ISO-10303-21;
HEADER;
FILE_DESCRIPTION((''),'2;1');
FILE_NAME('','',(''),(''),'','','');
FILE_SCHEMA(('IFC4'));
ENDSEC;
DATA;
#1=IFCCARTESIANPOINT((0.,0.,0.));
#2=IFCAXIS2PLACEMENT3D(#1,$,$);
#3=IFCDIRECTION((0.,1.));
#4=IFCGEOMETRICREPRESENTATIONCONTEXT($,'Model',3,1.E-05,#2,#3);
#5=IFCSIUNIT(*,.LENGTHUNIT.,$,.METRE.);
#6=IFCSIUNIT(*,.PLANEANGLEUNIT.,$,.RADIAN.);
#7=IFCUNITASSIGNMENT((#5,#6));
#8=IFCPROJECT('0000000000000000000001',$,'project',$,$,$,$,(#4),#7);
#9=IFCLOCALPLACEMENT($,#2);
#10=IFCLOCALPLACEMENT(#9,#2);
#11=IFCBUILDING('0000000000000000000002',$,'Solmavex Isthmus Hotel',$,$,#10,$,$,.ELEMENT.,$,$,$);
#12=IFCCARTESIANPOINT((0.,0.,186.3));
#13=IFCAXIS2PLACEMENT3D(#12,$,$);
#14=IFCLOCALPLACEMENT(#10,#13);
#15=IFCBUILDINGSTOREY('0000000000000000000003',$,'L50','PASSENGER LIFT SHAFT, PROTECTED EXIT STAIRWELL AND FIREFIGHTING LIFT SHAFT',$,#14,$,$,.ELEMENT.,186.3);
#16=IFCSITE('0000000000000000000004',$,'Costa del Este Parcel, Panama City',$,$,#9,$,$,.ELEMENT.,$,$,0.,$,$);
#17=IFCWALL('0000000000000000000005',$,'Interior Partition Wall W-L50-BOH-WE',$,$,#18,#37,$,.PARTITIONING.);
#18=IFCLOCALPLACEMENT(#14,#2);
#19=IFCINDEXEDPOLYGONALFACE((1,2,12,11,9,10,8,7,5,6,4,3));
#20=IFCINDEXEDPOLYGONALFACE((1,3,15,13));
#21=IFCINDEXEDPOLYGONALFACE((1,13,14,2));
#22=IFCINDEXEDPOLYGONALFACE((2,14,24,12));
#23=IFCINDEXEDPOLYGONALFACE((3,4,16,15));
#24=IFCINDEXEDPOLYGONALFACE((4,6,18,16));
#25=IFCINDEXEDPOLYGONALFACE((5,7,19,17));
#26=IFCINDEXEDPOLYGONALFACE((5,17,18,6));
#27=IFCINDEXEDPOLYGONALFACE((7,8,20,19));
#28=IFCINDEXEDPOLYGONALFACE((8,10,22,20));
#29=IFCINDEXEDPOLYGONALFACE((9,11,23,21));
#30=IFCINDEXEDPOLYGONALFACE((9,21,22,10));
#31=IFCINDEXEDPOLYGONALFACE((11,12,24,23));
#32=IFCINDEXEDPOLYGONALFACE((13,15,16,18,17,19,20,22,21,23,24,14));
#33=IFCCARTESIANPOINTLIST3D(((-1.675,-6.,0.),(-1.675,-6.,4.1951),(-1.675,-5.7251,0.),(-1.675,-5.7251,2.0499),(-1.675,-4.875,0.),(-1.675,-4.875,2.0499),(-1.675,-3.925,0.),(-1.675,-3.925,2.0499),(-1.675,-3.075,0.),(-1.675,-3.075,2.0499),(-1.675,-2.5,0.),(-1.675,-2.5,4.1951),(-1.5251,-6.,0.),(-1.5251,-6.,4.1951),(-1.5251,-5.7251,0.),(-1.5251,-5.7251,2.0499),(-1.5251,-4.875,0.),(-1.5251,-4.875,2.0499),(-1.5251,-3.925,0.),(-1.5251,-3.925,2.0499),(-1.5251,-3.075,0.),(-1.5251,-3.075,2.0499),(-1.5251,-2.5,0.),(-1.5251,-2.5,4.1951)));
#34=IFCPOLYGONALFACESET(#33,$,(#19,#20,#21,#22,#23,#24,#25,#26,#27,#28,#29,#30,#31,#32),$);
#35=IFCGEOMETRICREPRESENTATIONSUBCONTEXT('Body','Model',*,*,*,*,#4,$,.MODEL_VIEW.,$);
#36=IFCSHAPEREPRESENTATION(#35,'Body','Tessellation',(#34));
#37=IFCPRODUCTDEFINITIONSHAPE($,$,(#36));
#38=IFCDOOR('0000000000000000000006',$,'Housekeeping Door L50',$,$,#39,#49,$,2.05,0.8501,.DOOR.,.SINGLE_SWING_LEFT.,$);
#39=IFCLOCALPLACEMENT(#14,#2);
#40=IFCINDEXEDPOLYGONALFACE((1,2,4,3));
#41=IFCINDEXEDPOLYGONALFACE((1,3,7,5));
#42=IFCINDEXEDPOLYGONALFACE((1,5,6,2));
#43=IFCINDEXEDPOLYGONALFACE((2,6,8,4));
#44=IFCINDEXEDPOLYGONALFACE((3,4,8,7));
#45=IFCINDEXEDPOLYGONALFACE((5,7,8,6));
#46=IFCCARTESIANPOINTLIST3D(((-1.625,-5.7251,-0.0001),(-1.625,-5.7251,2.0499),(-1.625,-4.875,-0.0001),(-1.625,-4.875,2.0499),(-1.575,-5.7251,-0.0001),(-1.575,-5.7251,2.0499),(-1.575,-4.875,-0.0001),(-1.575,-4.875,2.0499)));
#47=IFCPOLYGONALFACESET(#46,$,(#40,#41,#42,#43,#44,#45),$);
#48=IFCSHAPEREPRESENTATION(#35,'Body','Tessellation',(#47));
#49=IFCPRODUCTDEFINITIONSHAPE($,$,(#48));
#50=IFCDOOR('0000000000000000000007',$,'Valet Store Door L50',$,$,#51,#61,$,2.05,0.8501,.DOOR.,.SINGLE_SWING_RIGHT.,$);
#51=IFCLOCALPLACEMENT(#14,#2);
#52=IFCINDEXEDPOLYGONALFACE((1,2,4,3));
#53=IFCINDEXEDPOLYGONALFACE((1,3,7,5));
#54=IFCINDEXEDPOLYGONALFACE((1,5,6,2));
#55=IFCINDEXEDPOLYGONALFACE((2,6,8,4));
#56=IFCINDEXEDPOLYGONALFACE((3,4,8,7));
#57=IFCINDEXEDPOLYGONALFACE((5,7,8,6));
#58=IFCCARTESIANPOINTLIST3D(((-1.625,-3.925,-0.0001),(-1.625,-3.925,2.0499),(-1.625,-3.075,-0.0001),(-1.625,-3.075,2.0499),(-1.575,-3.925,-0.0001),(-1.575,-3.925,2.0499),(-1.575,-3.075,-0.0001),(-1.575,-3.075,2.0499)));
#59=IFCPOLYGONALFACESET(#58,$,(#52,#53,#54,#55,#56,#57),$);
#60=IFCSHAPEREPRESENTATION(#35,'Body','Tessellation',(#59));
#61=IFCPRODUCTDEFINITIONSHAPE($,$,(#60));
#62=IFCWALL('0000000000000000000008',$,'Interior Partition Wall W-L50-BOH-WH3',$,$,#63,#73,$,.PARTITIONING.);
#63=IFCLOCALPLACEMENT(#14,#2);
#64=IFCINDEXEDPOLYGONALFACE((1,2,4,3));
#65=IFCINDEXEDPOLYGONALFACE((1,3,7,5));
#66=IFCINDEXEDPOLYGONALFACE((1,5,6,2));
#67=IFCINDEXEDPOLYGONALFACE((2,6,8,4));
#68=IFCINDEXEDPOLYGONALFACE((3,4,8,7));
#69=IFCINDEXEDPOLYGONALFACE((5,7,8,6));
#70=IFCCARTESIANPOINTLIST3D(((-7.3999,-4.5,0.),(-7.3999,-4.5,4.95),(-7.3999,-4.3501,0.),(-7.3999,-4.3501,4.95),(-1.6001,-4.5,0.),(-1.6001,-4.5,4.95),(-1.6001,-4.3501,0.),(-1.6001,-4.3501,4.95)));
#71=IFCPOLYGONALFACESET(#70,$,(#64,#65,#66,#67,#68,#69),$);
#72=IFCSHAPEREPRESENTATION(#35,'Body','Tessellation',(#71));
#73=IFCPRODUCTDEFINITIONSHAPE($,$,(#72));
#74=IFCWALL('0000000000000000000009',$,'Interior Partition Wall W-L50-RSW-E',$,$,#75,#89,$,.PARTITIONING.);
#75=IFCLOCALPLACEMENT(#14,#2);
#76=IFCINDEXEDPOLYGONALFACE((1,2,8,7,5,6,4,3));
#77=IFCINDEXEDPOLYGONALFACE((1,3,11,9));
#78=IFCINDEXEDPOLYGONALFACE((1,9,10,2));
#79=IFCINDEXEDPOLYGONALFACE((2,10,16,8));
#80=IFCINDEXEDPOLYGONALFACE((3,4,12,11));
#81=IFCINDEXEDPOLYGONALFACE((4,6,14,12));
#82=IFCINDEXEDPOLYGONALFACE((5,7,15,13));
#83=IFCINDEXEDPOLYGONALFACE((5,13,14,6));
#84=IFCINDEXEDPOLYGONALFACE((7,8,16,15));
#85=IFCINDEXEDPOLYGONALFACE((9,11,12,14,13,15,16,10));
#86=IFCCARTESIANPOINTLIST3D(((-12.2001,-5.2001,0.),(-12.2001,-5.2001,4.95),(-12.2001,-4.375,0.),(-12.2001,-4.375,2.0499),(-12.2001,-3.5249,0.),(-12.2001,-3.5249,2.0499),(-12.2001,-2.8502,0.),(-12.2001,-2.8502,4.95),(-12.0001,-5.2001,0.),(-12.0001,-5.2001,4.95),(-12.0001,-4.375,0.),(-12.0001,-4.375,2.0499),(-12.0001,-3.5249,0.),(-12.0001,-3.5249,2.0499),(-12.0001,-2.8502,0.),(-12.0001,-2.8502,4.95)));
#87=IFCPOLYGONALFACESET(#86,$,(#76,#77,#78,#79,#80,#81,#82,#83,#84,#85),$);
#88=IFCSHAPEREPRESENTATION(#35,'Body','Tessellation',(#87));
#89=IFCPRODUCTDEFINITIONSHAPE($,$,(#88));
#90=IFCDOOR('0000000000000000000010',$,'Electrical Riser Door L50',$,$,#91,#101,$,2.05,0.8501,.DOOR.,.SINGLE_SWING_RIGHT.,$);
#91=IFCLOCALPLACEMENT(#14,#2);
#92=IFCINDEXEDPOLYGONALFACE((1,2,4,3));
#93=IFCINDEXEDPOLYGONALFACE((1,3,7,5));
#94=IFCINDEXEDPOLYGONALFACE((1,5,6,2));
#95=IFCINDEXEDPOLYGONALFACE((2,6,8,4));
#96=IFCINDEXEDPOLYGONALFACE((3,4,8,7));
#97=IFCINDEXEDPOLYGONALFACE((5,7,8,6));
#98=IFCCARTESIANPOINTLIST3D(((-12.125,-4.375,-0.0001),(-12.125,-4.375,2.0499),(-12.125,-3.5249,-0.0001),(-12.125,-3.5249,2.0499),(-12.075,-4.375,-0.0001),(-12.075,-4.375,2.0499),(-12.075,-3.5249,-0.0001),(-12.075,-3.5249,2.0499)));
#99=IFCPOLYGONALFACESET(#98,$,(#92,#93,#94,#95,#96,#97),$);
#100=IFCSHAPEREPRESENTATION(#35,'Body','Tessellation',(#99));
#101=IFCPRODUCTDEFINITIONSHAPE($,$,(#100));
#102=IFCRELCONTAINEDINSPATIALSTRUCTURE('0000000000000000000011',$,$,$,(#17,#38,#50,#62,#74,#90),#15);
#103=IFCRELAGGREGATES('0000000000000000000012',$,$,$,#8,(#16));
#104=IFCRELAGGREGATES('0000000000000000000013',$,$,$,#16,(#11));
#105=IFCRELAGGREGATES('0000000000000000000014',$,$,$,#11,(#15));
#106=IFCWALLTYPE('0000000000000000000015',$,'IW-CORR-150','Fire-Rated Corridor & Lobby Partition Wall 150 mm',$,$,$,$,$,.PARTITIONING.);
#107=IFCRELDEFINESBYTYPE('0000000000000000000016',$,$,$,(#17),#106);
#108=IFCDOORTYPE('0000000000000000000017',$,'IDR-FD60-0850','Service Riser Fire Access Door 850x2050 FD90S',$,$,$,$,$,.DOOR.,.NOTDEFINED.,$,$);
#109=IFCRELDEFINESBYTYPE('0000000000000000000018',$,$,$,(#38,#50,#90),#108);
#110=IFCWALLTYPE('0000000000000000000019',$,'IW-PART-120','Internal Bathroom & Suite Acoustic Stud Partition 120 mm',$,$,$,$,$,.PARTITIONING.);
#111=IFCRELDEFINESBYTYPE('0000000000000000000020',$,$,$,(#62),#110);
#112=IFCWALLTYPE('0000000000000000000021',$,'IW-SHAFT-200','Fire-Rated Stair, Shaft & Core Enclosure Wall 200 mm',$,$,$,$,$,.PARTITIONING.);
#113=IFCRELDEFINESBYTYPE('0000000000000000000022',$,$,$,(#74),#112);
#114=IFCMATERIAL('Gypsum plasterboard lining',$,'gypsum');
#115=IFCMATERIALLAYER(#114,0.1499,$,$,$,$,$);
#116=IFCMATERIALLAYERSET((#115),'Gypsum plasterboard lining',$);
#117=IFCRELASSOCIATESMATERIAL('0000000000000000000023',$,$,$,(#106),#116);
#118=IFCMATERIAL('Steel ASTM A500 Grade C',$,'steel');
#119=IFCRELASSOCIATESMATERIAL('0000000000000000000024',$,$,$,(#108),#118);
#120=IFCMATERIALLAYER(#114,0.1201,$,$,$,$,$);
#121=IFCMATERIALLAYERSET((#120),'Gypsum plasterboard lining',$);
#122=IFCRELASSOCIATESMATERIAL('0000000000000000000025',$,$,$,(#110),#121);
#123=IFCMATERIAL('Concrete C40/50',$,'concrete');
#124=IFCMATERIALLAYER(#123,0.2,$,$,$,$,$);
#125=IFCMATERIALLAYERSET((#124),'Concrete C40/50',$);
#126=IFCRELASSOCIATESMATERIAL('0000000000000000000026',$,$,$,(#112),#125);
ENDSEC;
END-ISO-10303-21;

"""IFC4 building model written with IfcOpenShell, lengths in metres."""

from ifc_helpers import new_model, si_unit, direction, frame, frame_2d, origin, place, context, subcontext, project, spatial, rectangle, extrude, material, layer, layer_set, type_object, element, fill, save


model = new_model("IFC4")

# Units and contexts
model_context = context("Model", 3, precision=1e-05, world=origin(), true_north=direction((0.0, 1.0)))
body_context = subcontext(model_context, "Body", "Model", "MODEL_VIEW")
ifc_project = project(units=[si_unit("LENGTHUNIT", "METRE"), si_unit("PLANEANGLEUNIT", "RADIAN")], contexts=[model_context])

# Site, building, storey
site_placement = place(None, origin())
site = spatial("IfcSite", under=ifc_project, at=site_placement, Name="Costa del Este Parcel, Panama City", CompositionType="ELEMENT", RefElevation=0.0)
building_placement = place(site_placement, origin())
building = spatial("IfcBuilding", under=site, at=building_placement, Name="Solmavex Isthmus Hotel", CompositionType="ELEMENT")
storey_placement = place(building_placement, frame((0.0, 0.0, 186.3)))
storey = spatial("IfcBuildingStorey", under=building, at=storey_placement, Name="L50", Description="PASSENGER LIFT SHAFT, PROTECTED EXIT STAIRWELL AND FIREFIGHTING LIFT SHAFT", CompositionType="ELEMENT", Elevation=186.3)

# Shared definitions
ifc_material_1 = material(Name="Concrete C40/50", Category="concrete")

# Shared definitions
ifc_material_2 = material(Name="Gypsum plasterboard lining", Category="gypsum")
ifc_layer_1 = layer(ifc_material_2, 0.1499)
ifc_layer_set_1 = layer_set([ifc_layer_1], Name="Gypsum plasterboard lining")
wall_type_1 = type_object("IfcWallType", Name="IW-CORR-150", Description="Fire-Rated Corridor & Lobby Partition Wall 150 mm", PredefinedType="PARTITIONING", material=ifc_layer_set_1)

# Wall, openings, doors
wall_1_placement = place(storey_placement, frame((-1.6001, -6.0, 0.0), z_axis=(0.0, 0.0, 1.0), x_axis=(0.0, 1.0, 0.0)))
wall_1 = element("IfcWall", 1, at=wall_1_placement, inside=storey, type_object=wall_type_1, Name="Interior Partition Wall W-L50-BOH-WE", PredefinedType="PARTITIONING", context=body_context, shape_type="SweptSolid", body=[
    extrude(rectangle(XDim=3.5, YDim=0.1499, at=frame_2d((1.75, 0.0))), origin(), (0.0, 0.0, 1.0), 4.1951),
])
opening_1_placement = place(wall_1_placement, frame((0.2749, 0.0, 0.0)))
opening_1 = element("IfcOpeningElement", 2, at=opening_1_placement, cuts=wall_1, PredefinedType="OPENING", context=body_context, shape_type="SweptSolid", body=[
    extrude(rectangle(XDim=0.8501, YDim=2.05, at=frame_2d((0.425, 1.0249))), frame((0.0, 0.085, 0.0), z_axis=(0.0, -1.0, 0.0), x_axis=(1.0, 0.0, 0.0)), (0.0, 0.0, 1.0), 0.1699),
])
opening_2_placement = place(wall_1_placement, frame((2.075, 0.0, 0.0)))
opening_2 = element("IfcOpeningElement", 3, at=opening_2_placement, cuts=wall_1, PredefinedType="OPENING", context=body_context, shape_type="SweptSolid", body=[
    extrude(rectangle(XDim=0.8501, YDim=2.05, at=frame_2d((0.425, 1.0249))), frame((0.0, 0.085, 0.0), z_axis=(0.0, -1.0, 0.0), x_axis=(1.0, 0.0, 0.0)), (0.0, 0.0, 1.0), 0.1699),
])
ifc_material_3 = material(Name="Steel ASTM A500 Grade C", Category="steel")
door_type = type_object("IfcDoorType", Name="IDR-FD60-0850", Description="Service Riser Fire Access Door 850x2050 FD90S", OperationType="NOTDEFINED", PredefinedType="DOOR", material=ifc_material_3)
door_1_placement = place(opening_1_placement, origin())
door_1 = element("IfcDoor", 4, at=door_1_placement, inside=storey, type_object=door_type, Name="Housekeeping Door L50", OperationType="SINGLE_SWING_LEFT", OverallHeight=2.05, OverallWidth=0.8501, PredefinedType="DOOR", context=body_context, shape_type="SweptSolid", body=[
    extrude(rectangle(XDim=0.8501, YDim=2.05, at=frame_2d((0.425, 1.0249))), frame((0.0, 0.0249, 0.0), z_axis=(0.0, -1.0, 0.0), x_axis=(1.0, 0.0, 0.0)), (0.0, 0.0, 1.0), 0.05),
])
fill(opening_1, door_1)
door_2_placement = place(opening_2_placement, origin())
door_2 = element("IfcDoor", 5, at=door_2_placement, inside=storey, type_object=door_type, Name="Valet Store Door L50", OperationType="SINGLE_SWING_RIGHT", OverallHeight=2.05, OverallWidth=0.8501, PredefinedType="DOOR", context=body_context, shape_type="SweptSolid", body=[
    extrude(rectangle(XDim=0.8501, YDim=2.05, at=frame_2d((0.425, 1.0249))), frame((0.0, 0.0249, 0.0), z_axis=(0.0, -1.0, 0.0), x_axis=(1.0, 0.0, 0.0)), (0.0, 0.0, 1.0), 0.05),
])
fill(opening_2, door_2)

# Wall
ifc_layer_2 = layer(ifc_material_2, 0.1201)
ifc_layer_set_2 = layer_set([ifc_layer_2], Name="Gypsum plasterboard lining")
wall_type_2 = type_object("IfcWallType", Name="IW-PART-120", Description="Internal Bathroom & Suite Acoustic Stud Partition 120 mm", PredefinedType="PARTITIONING", material=ifc_layer_set_2)
wall_2_placement = place(storey_placement, frame((-7.3999, -4.425, 0.0), z_axis=(0.0, 0.0, 1.0), x_axis=(1.0, 0.0, 0.0)))
element("IfcWall", 6, at=wall_2_placement, inside=storey, type_object=wall_type_2, Name="Interior Partition Wall W-L50-BOH-WH3", PredefinedType="PARTITIONING", context=body_context, shape_type="SweptSolid", body=[
    extrude(rectangle(XDim=5.7998, YDim=0.1499, at=frame_2d((2.8999, 0.0))), origin(), (0.0, 0.0, 1.0), 4.95),
])

# Wall, opening, door
ifc_layer_3 = layer(ifc_material_1, 0.2)
ifc_layer_set_3 = layer_set([ifc_layer_3], Name="Concrete C40/50")
wall_type_3 = type_object("IfcWallType", Name="IW-SHAFT-200", Description="Fire-Rated Stair, Shaft & Core Enclosure Wall 200 mm", PredefinedType="PARTITIONING", material=ifc_layer_set_3)
wall_3_placement = place(storey_placement, frame((-12.1001, -5.2, 0.0), z_axis=(0.0, 0.0, 1.0), x_axis=(0.0, 1.0, 0.0)))
wall_3 = element("IfcWall", 7, at=wall_3_placement, inside=storey, type_object=wall_type_3, Name="Interior Partition Wall W-L50-RSW-E", PredefinedType="PARTITIONING", context=body_context, shape_type="SweptSolid", body=[
    extrude(rectangle(XDim=2.3499, YDim=0.2, at=frame_2d((1.1748, 0.0))), origin(), (0.0, 0.0, 1.0), 4.95),
])
opening_3_placement = place(wall_3_placement, frame((0.825, 0.0, 0.0)))
opening_3 = element("IfcOpeningElement", 8, at=opening_3_placement, cuts=wall_3, PredefinedType="OPENING", context=body_context, shape_type="SweptSolid", body=[
    extrude(rectangle(XDim=0.8501, YDim=2.05, at=frame_2d((0.425, 1.0249))), frame((0.0, 0.1099, 0.0), z_axis=(0.0, -1.0, 0.0), x_axis=(1.0, 0.0, 0.0)), (0.0, 0.0, 1.0), 0.22),
])
door_3_placement = place(opening_3_placement, origin())
door_3 = element("IfcDoor", 9, at=door_3_placement, inside=storey, type_object=door_type, Name="Electrical Riser Door L50", OperationType="SINGLE_SWING_RIGHT", OverallHeight=2.05, OverallWidth=0.8501, PredefinedType="DOOR", context=body_context, shape_type="SweptSolid", body=[
    extrude(rectangle(XDim=0.8501, YDim=2.05, at=frame_2d((0.425, 1.0249))), frame((0.0, 0.0249, 0.0), z_axis=(0.0, -1.0, 0.0), x_axis=(1.0, 0.0, 0.0)), (0.0, 0.0, 1.0), 0.05),
])
fill(opening_3, door_3)

save(model, "model.ifc")
